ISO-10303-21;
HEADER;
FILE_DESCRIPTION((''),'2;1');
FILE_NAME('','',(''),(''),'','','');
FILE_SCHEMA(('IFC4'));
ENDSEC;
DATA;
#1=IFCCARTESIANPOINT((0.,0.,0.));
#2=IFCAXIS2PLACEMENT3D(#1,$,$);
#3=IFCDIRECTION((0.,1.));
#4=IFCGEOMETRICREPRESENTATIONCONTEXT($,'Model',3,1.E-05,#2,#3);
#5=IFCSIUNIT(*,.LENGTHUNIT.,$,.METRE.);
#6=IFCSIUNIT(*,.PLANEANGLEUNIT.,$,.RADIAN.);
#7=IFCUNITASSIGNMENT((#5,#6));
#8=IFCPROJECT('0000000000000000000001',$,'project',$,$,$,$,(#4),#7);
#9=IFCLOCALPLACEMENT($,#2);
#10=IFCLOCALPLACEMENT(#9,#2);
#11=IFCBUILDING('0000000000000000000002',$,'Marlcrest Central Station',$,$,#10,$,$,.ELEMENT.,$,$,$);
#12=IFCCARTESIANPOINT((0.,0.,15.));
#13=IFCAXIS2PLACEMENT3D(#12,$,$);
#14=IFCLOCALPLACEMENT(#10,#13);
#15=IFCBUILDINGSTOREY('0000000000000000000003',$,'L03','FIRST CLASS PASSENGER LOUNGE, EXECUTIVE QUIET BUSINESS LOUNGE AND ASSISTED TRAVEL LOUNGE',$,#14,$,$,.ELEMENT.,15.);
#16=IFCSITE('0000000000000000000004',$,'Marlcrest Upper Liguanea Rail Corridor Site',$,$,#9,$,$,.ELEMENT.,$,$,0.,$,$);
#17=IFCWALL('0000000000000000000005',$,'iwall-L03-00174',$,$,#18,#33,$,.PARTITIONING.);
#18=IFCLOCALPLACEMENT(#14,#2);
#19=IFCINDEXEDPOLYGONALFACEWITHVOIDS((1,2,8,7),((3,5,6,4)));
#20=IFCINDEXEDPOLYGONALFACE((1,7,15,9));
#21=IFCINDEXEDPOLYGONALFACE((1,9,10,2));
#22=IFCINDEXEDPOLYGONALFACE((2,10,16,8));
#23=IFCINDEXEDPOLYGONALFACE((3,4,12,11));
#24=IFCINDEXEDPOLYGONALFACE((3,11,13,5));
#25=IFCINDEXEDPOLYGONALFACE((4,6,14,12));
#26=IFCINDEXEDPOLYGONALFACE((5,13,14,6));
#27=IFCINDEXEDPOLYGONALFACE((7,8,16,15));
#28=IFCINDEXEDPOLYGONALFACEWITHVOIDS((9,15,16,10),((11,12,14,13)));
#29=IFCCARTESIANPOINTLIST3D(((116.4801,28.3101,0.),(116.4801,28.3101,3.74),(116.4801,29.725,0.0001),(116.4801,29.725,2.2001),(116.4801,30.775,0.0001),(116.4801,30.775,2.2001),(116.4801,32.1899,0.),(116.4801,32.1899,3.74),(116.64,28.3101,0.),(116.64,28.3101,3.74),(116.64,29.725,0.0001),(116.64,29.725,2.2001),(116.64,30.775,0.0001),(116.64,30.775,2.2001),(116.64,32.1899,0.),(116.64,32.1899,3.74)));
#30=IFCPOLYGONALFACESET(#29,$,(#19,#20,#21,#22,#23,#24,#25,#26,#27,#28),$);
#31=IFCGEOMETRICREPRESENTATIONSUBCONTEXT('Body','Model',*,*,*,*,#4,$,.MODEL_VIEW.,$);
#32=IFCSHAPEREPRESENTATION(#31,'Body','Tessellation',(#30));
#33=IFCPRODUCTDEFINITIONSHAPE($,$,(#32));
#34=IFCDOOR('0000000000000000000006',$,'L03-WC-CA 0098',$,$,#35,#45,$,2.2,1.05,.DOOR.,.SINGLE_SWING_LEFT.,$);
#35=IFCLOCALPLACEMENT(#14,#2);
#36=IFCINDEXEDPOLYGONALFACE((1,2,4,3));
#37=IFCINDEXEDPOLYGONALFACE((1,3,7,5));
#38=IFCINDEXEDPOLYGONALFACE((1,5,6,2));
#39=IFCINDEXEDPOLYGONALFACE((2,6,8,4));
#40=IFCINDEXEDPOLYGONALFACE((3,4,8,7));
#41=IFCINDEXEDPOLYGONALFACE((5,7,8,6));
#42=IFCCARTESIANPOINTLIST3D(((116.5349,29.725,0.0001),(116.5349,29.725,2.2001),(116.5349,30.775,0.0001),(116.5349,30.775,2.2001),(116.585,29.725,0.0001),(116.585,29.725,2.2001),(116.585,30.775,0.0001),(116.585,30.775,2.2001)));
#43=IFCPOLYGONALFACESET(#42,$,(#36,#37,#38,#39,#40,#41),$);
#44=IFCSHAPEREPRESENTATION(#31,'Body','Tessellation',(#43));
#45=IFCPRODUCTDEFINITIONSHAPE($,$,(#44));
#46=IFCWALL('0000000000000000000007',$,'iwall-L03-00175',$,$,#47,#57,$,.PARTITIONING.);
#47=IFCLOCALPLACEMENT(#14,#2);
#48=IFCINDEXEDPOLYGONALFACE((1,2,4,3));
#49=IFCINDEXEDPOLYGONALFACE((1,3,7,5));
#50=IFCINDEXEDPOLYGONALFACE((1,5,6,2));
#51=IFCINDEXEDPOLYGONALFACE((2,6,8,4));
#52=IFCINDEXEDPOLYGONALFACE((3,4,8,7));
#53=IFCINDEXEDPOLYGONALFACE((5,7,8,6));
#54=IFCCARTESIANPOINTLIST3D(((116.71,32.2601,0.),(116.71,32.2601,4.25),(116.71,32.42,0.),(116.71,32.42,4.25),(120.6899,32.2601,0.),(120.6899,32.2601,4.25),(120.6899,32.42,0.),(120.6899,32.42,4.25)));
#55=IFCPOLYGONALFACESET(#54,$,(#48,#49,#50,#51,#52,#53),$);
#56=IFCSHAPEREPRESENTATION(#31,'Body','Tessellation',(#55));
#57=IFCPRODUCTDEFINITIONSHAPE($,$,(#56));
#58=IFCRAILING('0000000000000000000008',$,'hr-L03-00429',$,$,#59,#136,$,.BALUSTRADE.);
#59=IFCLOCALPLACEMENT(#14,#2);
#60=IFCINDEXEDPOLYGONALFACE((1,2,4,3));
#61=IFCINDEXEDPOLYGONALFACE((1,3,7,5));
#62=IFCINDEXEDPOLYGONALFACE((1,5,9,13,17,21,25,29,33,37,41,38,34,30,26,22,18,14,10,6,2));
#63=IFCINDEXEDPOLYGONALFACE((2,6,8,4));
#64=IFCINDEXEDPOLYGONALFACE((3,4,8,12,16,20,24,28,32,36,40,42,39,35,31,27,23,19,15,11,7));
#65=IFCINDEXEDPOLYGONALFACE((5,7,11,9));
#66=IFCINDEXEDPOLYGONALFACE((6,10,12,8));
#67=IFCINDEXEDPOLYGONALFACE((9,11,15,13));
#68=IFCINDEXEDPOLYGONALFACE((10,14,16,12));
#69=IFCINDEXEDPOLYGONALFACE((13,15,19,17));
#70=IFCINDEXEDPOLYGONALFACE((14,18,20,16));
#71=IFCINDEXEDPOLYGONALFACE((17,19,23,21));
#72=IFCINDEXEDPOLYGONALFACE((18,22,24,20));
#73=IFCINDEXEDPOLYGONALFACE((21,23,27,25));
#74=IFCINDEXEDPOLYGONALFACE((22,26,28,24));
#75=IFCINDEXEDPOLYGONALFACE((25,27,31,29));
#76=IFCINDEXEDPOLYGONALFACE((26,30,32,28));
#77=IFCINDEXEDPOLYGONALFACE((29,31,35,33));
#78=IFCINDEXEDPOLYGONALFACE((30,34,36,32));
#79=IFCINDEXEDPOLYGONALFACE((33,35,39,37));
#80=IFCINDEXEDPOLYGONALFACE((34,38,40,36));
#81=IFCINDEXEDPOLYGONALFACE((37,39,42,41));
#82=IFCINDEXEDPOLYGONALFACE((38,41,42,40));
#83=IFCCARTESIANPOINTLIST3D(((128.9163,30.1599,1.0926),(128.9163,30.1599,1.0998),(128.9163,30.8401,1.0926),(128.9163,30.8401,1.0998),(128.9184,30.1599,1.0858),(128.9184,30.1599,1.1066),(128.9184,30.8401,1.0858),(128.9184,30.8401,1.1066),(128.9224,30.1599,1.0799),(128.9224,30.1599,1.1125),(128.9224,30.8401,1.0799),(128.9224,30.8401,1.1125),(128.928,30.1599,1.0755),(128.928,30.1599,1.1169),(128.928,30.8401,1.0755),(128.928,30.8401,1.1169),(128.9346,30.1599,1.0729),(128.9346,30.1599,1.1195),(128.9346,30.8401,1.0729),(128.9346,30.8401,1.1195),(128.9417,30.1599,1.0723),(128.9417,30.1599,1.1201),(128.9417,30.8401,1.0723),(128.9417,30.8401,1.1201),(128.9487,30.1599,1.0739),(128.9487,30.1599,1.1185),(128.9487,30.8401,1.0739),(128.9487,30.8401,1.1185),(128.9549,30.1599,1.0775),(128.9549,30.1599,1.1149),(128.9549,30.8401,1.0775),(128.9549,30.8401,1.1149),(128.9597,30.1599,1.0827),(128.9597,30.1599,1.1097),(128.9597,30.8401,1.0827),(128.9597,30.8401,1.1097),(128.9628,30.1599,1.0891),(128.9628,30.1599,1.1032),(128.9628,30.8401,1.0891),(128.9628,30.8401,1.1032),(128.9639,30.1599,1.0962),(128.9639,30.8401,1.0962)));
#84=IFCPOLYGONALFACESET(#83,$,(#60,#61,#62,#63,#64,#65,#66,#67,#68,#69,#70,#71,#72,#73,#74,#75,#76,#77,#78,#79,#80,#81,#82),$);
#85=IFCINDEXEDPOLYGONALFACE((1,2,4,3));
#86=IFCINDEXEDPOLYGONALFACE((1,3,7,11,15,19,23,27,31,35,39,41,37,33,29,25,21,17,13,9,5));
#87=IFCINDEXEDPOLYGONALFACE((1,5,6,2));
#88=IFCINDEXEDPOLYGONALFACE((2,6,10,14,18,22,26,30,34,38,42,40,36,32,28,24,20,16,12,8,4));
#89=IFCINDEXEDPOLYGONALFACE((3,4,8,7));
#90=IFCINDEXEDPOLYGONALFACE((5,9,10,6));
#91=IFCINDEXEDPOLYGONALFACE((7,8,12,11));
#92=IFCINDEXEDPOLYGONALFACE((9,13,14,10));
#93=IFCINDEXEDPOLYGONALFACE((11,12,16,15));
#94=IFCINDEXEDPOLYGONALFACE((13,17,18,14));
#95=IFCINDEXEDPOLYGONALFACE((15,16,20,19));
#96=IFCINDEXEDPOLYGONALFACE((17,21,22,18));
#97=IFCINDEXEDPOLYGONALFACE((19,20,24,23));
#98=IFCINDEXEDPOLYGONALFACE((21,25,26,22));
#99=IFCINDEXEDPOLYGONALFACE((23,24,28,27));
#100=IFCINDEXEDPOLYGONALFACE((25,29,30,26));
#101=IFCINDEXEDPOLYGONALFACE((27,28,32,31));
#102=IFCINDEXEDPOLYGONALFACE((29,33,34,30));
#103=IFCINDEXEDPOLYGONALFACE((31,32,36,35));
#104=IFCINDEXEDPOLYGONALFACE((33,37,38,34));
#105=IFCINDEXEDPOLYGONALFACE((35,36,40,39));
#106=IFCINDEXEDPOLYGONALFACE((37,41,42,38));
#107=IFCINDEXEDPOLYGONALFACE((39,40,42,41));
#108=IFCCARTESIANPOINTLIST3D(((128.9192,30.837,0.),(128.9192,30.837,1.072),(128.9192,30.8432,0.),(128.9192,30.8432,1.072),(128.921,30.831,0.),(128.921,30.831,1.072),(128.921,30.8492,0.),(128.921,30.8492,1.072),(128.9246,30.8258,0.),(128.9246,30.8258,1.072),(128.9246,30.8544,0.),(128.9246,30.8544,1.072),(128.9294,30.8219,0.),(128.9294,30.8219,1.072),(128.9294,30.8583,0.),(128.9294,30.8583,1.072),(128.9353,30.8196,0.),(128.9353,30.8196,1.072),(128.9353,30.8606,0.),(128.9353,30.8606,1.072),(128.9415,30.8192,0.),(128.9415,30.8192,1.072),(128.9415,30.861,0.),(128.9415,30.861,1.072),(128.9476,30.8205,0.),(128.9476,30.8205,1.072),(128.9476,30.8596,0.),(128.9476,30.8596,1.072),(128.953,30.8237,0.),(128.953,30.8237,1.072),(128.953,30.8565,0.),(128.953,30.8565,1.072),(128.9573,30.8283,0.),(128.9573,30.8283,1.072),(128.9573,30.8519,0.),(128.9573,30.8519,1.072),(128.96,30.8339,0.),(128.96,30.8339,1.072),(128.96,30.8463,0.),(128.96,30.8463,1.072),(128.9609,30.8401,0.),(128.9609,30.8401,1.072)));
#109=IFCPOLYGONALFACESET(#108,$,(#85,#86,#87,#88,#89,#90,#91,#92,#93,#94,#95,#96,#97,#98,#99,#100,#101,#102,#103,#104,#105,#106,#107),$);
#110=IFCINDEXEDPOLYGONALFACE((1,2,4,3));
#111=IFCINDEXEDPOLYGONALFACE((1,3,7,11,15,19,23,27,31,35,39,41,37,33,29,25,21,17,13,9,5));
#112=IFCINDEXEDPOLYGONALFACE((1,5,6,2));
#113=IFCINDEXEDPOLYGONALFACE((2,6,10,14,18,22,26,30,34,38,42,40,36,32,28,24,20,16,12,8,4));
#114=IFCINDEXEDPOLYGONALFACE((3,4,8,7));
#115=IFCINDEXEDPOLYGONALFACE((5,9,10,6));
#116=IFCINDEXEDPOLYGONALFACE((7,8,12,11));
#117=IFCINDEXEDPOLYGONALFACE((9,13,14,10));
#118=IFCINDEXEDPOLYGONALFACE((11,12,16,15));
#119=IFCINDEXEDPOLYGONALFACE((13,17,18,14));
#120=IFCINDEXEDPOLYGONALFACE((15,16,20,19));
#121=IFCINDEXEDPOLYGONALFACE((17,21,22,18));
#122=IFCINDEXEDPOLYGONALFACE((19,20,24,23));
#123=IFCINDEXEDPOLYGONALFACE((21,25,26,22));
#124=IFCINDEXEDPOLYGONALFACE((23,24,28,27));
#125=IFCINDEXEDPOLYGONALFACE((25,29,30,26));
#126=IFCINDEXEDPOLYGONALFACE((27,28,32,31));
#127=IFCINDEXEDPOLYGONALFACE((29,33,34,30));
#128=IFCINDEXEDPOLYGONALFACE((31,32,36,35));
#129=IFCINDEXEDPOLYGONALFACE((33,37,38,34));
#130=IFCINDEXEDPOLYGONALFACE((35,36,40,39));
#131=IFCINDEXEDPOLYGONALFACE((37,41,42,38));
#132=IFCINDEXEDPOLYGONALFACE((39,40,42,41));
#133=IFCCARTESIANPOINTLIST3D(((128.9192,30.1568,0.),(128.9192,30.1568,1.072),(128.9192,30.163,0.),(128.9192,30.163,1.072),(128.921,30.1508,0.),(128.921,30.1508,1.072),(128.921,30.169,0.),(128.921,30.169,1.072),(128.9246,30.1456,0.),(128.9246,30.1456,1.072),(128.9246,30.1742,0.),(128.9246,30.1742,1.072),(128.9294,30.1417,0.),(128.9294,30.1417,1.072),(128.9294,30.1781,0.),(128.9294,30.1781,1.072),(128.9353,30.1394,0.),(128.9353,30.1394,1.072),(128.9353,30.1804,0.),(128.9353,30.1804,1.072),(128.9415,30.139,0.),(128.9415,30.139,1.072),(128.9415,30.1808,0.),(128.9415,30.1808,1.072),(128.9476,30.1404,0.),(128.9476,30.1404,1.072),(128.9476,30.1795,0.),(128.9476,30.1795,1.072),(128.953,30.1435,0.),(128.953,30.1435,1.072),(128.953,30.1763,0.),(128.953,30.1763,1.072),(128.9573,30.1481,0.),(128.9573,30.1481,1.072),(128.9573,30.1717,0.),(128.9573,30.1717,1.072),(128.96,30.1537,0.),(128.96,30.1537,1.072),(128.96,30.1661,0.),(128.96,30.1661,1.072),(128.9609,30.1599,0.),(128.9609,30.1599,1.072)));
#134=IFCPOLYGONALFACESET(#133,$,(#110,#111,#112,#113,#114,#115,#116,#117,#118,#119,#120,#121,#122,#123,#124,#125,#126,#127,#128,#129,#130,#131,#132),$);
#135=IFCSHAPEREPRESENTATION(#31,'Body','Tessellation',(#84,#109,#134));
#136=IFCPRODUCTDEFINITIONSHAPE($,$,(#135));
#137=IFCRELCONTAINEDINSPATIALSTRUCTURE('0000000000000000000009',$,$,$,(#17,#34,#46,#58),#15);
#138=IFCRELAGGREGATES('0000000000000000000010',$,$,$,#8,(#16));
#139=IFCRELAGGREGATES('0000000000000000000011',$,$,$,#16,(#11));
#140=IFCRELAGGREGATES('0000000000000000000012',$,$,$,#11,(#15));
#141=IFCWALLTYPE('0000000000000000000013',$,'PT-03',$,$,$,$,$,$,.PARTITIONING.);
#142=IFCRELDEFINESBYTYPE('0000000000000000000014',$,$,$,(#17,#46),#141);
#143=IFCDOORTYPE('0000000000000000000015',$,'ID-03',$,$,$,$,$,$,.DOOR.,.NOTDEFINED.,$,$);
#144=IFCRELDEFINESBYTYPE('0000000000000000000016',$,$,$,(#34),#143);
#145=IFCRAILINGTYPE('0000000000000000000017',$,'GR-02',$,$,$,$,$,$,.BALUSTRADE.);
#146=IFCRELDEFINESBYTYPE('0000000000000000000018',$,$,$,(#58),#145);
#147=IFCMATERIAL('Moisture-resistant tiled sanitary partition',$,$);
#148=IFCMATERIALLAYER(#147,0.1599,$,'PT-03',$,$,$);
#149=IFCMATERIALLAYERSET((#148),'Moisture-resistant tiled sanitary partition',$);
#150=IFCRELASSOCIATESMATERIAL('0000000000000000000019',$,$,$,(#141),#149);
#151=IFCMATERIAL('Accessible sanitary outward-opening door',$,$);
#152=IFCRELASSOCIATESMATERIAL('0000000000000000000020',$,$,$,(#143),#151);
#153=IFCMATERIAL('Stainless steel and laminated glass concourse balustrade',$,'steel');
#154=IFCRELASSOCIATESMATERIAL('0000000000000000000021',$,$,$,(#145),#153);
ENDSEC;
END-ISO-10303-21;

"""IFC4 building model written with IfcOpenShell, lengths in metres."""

from ifc_helpers import new_model, si_unit, direction, frame, frame_2d, origin, origin_2d, place, context, subcontext, project, spatial, rectangle, circle, extrude, material, layer, layer_set, type_object, element, fill, save


model = new_model("IFC4")

# Units and contexts
model_context = context("Model", 3, precision=1e-05, world=origin(), true_north=direction((0.0, 1.0)))
body_context = subcontext(model_context, "Body", "Model", "MODEL_VIEW")
ifc_project = project(units=[si_unit("LENGTHUNIT", "METRE"), si_unit("PLANEANGLEUNIT", "RADIAN")], contexts=[model_context])

# Site, building, storey
site_placement = place(None, origin())
site = spatial("IfcSite", under=ifc_project, at=site_placement, Name="Marlcrest Upper Liguanea Rail Corridor Site", CompositionType="ELEMENT", RefElevation=0.0)
building_placement = place(site_placement, origin())
building = spatial("IfcBuilding", under=site, at=building_placement, Name="Marlcrest Central Station", CompositionType="ELEMENT")
storey_placement = place(building_placement, frame((0.0, 0.0, 15.0)))
storey = spatial("IfcBuildingStorey", under=building, at=storey_placement, Name="L03", Description="FIRST CLASS PASSENGER LOUNGE, EXECUTIVE QUIET BUSINESS LOUNGE AND ASSISTED TRAVEL LOUNGE", CompositionType="ELEMENT", Elevation=15.0)

# Shared definitions
ifc_material_1 = material(Name="Moisture-resistant tiled sanitary partition")
ifc_layer_1 = layer(ifc_material_1, 0.1599, Name="PT-03")
ifc_layer_set_1 = layer_set([ifc_layer_1], Name="Moisture-resistant tiled sanitary partition")
wall_type = type_object("IfcWallType", Name="PT-03", PredefinedType="PARTITIONING", material=ifc_layer_set_1)

# Wall, opening, door
wall_1_placement = place(storey_placement, frame((116.5601, 32.1899, 0.0), z_axis=(0.0, 0.0, 1.0), x_axis=(0.0, -1.0, 0.0)))
wall_1 = element("IfcWall", 1, at=wall_1_placement, inside=storey, type_object=wall_type, Name="iwall-L03-00174", PredefinedType="PARTITIONING", context=body_context, shape_type="SweptSolid", body=[
    extrude(rectangle(XDim=3.8799, YDim=0.1599, at=frame_2d((1.9399, 0.0))), origin(), (0.0, 0.0, 1.0), 3.74),
])
opening_1_placement = place(wall_1_placement, frame((1.415, 0.0, 0.0)))
opening_1 = element("IfcOpeningElement", 2, at=opening_1_placement, cuts=wall_1, PredefinedType="OPENING", context=body_context, shape_type="SweptSolid", body=[
    extrude(rectangle(XDim=1.05, YDim=2.2, at=frame_2d((0.5249, 1.1001))), frame((0.0, 0.0898, 0.0), z_axis=(0.0, -1.0, 0.0), x_axis=(1.0, 0.0, 0.0)), (0.0, 0.0, 1.0), 0.1799),
])
ifc_material_2 = material(Name="Accessible sanitary outward-opening door")
door_type_1 = type_object("IfcDoorType", Name="ID-03", OperationType="NOTDEFINED", PredefinedType="DOOR", material=ifc_material_2)
door_1_placement = place(opening_1_placement, origin())
door_1 = element("IfcDoor", 3, at=door_1_placement, inside=storey, type_object=door_type_1, Name="L03-WC-CA 0098", OperationType="SINGLE_SWING_LEFT", OverallHeight=2.2, OverallWidth=1.05, PredefinedType="DOOR", context=body_context, shape_type="SweptSolid", body=[
    extrude(rectangle(XDim=1.05, YDim=2.2, at=frame_2d((0.5249, 1.1001))), frame((0.0, 0.0249, 0.0), z_axis=(0.0, -1.0, 0.0), x_axis=(1.0, 0.0, 0.0)), (0.0, 0.0, 1.0), 0.05),
])
fill(opening_1, door_1)

# Wall
wall_2_placement = place(storey_placement, frame((116.71, 32.3401, 0.0), z_axis=(0.0, 0.0, 1.0), x_axis=(1.0, 0.0, 0.0)))
element("IfcWall", 4, at=wall_2_placement, inside=storey, type_object=wall_type, Name="iwall-L03-00175", PredefinedType="PARTITIONING", context=body_context, shape_type="SweptSolid", body=[
    extrude(rectangle(XDim=3.98, YDim=0.1599, at=frame_2d((1.99, 0.0))), origin(), (0.0, 0.0, 1.0), 4.25),
])

# Railing
ifc_material_3 = material(Name="Stainless steel and laminated glass concourse balustrade", Category="steel")
railing_type = type_object("IfcRailingType", Name="GR-02", PredefinedType="BALUSTRADE", material=ifc_material_3)
railing_1_placement = place(storey_placement, frame((128.9399, 30.8401, 0.0)))
element("IfcRailing", 5, at=railing_1_placement, inside=storey, type_object=railing_type, Name="hr-L03-00429", PredefinedType="BALUSTRADE", context=body_context, shape_type="SweptSolid", body=[
    extrude(circle(Radius=0.0239, at=origin_2d()), frame((0.0, 0.0, 1.0962), z_axis=(0.0, -1.0, 0.0), x_axis=(1.0, 0.0, 0.0)), (0.0, 0.0, 1.0), 0.6802),
    extrude(circle(Radius=0.021, at=origin_2d()), origin(), (0.0, 0.0, 1.0), 1.072),
    extrude(circle(Radius=0.021, at=origin_2d()), frame((0.0, -0.6802, 0.0)), (0.0, 0.0, 1.0), 1.072),
])

save(model, "model.ifc")
